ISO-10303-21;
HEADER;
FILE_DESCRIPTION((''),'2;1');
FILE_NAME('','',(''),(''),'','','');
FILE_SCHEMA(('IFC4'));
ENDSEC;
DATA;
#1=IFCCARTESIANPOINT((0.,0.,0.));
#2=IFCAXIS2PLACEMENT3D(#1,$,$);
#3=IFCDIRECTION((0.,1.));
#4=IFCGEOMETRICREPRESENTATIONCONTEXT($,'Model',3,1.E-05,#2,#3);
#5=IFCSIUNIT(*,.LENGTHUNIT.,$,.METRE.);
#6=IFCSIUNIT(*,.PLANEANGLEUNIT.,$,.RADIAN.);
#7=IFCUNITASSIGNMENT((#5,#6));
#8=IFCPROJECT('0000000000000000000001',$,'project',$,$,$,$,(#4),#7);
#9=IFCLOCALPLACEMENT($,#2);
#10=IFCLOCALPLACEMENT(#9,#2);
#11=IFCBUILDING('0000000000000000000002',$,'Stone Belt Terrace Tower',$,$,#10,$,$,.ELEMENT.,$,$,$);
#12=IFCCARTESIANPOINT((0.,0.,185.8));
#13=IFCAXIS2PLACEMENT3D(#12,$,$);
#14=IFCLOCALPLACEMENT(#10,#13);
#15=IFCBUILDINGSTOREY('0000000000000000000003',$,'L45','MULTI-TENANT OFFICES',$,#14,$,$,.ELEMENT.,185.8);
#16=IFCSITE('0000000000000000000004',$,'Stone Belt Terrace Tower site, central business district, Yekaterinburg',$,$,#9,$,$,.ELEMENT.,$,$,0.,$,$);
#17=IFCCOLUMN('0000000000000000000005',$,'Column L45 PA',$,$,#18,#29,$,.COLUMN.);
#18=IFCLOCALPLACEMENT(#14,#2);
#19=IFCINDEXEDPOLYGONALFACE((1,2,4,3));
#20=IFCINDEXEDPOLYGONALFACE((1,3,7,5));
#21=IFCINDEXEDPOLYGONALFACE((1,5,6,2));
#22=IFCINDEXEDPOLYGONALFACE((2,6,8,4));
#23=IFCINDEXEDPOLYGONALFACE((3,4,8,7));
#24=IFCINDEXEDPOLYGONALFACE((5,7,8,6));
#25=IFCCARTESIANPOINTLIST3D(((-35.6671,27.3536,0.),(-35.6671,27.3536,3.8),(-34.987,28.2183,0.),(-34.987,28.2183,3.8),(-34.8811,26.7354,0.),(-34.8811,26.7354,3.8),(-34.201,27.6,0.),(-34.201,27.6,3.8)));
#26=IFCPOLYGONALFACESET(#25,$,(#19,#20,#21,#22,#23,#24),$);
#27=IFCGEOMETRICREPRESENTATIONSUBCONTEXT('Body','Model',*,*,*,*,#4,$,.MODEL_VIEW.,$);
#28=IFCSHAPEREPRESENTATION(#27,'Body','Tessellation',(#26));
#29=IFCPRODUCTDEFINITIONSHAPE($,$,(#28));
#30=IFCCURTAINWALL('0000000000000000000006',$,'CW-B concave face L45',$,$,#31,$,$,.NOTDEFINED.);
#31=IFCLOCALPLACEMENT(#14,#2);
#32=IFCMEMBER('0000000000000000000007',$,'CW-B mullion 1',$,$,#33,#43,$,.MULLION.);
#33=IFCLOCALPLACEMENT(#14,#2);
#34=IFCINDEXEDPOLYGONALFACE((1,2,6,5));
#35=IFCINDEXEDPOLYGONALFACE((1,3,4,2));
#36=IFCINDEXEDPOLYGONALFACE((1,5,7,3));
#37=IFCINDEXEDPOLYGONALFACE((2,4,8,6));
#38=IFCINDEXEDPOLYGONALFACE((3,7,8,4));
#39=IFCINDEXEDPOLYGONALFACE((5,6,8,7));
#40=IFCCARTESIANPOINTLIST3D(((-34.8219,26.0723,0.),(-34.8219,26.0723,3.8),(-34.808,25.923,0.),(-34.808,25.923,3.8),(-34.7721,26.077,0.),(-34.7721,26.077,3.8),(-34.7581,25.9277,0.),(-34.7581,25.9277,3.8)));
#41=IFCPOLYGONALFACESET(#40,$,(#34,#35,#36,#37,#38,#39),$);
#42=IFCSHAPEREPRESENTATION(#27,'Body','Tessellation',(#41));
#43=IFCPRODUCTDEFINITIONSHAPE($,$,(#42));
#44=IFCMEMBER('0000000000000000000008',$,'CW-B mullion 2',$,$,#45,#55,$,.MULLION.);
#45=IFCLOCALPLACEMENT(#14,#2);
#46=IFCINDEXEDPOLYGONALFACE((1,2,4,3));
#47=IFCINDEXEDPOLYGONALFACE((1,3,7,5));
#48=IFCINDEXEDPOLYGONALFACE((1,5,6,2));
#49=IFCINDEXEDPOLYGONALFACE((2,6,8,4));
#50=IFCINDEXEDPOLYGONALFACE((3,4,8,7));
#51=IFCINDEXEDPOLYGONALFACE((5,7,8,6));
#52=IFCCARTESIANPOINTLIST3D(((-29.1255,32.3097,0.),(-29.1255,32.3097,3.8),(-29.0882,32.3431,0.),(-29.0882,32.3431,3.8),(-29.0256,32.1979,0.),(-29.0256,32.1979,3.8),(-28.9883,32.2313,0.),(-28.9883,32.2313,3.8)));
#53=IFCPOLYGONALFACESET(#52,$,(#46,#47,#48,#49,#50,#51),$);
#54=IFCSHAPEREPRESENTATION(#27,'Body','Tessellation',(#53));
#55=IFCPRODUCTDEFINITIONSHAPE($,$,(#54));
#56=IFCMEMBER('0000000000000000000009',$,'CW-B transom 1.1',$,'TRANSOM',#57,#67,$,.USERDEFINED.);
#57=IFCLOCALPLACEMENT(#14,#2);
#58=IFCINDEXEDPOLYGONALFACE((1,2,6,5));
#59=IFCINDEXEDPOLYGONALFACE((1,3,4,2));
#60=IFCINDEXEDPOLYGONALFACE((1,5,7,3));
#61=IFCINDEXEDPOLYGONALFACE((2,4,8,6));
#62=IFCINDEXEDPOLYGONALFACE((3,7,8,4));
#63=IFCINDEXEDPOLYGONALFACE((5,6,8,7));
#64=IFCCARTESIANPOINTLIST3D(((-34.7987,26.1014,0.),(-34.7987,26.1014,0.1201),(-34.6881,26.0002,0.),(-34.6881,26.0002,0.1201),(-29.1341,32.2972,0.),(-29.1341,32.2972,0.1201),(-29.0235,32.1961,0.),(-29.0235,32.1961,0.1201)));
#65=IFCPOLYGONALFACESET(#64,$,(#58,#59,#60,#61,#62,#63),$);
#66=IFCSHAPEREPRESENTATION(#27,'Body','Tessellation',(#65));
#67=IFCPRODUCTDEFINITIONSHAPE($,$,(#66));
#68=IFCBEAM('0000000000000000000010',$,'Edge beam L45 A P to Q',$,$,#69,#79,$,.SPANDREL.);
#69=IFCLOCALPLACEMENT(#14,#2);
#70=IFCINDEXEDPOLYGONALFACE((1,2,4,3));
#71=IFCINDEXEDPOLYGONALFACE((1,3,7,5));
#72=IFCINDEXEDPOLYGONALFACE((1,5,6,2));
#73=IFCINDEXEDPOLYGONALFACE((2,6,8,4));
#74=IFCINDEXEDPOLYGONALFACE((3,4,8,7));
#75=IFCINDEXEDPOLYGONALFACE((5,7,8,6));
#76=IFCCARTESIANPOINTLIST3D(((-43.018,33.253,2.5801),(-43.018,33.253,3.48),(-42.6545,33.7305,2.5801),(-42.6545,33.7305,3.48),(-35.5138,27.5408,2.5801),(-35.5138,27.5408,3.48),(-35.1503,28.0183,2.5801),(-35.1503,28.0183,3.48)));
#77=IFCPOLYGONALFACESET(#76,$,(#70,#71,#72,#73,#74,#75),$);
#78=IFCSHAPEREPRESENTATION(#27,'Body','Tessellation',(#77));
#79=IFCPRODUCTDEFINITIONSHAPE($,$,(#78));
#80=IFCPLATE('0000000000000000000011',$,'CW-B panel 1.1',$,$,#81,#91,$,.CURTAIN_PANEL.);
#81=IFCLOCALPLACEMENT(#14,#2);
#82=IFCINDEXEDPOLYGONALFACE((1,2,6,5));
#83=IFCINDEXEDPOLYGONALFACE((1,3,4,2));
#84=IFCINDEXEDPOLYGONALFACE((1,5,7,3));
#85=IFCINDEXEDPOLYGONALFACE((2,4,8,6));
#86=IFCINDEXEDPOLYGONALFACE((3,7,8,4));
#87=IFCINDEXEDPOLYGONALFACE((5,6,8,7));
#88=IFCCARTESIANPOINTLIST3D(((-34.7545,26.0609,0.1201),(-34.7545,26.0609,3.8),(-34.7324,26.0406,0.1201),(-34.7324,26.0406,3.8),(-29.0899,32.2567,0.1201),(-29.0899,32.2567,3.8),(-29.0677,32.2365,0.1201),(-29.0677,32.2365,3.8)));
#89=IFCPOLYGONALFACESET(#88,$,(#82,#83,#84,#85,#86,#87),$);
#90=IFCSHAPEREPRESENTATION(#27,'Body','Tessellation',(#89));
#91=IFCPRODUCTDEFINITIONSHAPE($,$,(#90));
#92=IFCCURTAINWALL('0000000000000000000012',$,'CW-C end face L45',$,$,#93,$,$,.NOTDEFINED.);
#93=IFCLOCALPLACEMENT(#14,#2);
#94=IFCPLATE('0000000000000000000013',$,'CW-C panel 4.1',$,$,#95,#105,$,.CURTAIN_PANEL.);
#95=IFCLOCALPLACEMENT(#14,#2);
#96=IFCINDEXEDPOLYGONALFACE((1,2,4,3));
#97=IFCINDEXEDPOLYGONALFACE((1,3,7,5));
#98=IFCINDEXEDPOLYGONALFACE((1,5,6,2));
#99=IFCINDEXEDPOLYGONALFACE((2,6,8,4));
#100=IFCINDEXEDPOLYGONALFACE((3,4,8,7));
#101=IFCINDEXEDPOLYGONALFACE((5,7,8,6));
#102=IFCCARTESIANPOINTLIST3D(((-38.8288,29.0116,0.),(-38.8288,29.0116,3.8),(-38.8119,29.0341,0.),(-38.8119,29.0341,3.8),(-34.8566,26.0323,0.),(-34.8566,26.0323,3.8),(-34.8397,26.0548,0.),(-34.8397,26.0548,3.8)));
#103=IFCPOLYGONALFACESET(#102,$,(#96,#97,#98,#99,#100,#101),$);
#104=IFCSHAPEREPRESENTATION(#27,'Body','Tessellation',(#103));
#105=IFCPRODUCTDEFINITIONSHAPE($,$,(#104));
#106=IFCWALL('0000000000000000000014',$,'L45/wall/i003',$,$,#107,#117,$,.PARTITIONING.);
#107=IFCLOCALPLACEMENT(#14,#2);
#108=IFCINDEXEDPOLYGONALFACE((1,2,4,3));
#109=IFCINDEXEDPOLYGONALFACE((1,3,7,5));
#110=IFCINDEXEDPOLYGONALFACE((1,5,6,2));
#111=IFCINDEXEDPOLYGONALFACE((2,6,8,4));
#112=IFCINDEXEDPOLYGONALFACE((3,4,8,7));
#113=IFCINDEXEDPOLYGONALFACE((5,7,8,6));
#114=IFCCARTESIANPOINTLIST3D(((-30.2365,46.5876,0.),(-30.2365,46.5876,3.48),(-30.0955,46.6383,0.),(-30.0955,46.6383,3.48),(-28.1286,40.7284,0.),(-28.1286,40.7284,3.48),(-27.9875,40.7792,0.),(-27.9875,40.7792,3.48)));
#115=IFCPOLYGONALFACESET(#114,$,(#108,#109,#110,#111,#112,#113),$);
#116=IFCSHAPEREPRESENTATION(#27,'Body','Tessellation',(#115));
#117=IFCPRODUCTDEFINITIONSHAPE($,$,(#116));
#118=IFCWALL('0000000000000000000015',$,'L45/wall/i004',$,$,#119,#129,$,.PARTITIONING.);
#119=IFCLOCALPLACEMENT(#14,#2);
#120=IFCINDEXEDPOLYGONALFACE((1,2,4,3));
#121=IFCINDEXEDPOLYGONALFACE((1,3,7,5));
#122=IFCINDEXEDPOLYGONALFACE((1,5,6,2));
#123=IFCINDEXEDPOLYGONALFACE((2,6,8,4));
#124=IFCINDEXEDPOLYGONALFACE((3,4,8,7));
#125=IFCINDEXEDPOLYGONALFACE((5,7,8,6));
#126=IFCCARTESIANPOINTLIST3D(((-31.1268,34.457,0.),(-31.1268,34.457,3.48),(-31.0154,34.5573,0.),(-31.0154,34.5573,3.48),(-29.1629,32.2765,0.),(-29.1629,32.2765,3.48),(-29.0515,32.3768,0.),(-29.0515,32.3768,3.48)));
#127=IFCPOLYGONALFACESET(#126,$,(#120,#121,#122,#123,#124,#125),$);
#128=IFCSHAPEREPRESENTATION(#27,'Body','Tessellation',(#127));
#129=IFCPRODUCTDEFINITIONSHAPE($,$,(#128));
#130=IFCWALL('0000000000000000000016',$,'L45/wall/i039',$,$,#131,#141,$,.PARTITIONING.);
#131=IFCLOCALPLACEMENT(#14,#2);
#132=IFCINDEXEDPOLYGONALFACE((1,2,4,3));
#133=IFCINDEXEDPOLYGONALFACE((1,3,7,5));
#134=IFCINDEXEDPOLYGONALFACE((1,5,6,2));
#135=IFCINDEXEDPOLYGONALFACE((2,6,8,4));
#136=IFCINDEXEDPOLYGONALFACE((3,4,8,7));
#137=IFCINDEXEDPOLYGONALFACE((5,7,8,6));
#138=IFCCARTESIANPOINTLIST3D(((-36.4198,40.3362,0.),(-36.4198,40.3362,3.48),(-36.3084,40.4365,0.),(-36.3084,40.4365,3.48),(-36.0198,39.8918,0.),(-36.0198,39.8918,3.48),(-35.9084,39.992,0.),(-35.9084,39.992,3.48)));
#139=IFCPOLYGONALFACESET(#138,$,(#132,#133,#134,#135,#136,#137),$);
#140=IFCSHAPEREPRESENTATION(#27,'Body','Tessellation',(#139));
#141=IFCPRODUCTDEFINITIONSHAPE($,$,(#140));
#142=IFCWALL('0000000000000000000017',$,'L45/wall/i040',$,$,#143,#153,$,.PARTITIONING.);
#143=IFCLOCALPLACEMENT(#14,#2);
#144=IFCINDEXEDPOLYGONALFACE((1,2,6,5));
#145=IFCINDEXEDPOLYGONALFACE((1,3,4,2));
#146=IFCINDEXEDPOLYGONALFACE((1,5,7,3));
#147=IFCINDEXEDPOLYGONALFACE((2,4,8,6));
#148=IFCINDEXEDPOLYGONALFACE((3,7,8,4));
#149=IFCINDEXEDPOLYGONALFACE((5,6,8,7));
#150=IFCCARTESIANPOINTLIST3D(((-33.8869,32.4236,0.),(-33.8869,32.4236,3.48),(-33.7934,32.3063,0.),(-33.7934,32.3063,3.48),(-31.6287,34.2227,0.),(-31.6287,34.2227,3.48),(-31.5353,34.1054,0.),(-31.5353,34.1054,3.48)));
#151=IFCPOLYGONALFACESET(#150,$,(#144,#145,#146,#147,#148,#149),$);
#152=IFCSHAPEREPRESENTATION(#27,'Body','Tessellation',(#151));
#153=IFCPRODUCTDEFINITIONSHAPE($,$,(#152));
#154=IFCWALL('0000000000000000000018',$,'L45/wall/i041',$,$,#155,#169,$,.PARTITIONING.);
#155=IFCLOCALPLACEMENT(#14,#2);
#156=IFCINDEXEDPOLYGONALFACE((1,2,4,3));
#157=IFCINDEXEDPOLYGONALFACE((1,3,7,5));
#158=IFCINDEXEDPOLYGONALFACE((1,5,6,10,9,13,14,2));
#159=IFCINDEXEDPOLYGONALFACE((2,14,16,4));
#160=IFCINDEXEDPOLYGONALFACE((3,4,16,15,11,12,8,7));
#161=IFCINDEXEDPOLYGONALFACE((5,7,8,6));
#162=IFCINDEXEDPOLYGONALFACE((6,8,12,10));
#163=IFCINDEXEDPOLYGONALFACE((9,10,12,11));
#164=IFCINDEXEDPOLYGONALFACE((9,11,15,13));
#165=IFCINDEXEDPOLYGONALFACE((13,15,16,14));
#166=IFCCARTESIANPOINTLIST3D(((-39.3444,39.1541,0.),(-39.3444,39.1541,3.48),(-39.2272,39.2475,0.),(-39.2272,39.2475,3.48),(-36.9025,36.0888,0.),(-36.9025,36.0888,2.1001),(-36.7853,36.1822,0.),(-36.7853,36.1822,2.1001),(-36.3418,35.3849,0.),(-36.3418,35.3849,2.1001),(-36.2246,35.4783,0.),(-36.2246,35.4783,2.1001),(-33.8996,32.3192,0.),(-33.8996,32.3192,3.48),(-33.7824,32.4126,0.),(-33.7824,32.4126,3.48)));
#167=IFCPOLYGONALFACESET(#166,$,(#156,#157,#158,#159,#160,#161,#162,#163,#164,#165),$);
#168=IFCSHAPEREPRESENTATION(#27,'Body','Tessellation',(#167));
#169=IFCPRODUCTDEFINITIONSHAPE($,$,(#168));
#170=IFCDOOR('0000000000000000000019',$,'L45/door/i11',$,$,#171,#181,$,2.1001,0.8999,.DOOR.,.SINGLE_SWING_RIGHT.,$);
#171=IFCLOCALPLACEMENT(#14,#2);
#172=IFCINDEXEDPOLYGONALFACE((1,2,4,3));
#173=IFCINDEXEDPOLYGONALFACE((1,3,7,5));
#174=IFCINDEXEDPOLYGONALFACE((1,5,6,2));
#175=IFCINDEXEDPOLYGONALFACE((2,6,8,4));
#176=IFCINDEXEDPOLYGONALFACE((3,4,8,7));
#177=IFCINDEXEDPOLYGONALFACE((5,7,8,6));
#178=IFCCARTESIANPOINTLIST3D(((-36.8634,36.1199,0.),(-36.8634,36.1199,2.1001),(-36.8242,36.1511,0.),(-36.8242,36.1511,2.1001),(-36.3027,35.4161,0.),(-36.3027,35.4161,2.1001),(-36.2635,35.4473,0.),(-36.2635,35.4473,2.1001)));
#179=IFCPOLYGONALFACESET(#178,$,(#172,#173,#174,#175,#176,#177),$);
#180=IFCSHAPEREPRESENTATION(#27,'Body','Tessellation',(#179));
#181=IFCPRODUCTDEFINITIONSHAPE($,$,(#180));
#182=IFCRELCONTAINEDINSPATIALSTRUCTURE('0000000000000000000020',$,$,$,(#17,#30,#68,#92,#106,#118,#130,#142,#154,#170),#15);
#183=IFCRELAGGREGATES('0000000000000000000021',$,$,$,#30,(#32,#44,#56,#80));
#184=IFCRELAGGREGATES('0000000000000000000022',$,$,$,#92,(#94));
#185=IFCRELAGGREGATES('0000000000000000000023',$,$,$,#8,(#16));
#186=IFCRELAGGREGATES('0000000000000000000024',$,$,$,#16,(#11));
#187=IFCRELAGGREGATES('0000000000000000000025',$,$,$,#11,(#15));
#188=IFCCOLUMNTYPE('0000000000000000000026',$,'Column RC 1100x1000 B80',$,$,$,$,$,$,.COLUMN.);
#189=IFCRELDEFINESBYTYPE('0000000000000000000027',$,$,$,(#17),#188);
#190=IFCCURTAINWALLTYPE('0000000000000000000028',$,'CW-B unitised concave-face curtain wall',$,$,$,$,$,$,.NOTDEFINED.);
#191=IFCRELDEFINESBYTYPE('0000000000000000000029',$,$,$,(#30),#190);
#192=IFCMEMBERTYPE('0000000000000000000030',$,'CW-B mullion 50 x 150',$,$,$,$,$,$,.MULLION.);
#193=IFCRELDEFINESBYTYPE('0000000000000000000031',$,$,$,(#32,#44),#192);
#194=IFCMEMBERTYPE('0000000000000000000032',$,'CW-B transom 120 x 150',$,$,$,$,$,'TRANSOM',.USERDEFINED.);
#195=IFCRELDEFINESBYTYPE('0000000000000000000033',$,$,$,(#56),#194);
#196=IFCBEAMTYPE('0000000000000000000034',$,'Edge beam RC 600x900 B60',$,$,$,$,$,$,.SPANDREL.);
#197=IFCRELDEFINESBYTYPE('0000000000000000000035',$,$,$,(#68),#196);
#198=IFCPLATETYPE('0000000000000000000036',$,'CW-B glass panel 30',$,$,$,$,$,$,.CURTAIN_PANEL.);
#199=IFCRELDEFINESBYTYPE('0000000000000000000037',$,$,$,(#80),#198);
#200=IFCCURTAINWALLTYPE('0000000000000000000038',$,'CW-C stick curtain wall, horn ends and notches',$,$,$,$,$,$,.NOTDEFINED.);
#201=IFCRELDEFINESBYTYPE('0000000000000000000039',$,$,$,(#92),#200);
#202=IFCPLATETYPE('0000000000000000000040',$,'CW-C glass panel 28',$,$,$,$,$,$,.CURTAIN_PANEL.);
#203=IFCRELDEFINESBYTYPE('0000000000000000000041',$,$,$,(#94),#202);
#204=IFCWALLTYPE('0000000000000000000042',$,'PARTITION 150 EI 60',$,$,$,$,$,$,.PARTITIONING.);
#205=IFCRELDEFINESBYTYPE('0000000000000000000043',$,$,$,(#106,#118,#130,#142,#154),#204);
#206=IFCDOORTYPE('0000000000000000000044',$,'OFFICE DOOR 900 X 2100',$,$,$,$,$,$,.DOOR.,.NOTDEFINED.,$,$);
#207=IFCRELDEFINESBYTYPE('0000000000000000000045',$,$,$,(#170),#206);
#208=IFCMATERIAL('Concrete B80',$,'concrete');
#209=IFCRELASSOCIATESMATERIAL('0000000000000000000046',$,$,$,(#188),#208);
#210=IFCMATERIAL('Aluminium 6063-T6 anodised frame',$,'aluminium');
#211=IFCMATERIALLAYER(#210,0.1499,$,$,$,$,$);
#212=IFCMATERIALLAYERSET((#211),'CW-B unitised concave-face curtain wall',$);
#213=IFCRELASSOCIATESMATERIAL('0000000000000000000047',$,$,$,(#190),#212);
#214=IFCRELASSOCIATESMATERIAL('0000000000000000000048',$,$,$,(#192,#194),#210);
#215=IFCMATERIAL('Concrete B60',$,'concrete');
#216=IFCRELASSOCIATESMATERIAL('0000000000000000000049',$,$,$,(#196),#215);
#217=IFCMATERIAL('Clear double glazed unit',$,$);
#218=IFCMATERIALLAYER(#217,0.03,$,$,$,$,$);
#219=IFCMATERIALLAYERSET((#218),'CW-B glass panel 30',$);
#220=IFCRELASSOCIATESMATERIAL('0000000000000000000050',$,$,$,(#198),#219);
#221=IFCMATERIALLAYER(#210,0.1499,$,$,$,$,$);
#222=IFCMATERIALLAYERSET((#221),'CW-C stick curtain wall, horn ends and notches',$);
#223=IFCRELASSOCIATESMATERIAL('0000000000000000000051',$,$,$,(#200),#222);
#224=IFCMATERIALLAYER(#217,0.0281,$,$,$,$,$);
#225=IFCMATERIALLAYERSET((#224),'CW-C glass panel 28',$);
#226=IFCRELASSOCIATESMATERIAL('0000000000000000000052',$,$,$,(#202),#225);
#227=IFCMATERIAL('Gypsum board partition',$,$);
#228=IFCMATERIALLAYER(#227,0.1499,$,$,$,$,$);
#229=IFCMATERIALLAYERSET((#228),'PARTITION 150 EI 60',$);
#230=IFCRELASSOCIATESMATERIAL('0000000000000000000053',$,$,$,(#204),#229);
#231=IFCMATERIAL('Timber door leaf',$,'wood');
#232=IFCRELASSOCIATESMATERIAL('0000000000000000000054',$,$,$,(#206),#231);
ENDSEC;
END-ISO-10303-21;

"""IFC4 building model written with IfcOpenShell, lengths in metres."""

from ifc_helpers import new_model, si_unit, direction, frame, frame_2d, origin, origin_2d, place, context, subcontext, project, spatial, rectangle, extrude, material, layer, layer_set, material_profile, profile_set, type_object, element, fill, aggregate, save


model = new_model("IFC4")

# Units and contexts
model_context = context("Model", 3, precision=1e-05, world=origin(), true_north=direction((0.0, 1.0)))
body_context = subcontext(model_context, "Body", "Model", "MODEL_VIEW")
ifc_project = project(units=[si_unit("LENGTHUNIT", "METRE"), si_unit("PLANEANGLEUNIT", "RADIAN")], contexts=[model_context])

# Site, building, storey
site_placement = place(None, origin())
site = spatial("IfcSite", under=ifc_project, at=site_placement, Name="Stone Belt Terrace Tower site, central business district, Yekaterinburg", CompositionType="ELEMENT", RefElevation=0.0)
building_placement = place(site_placement, origin())
building = spatial("IfcBuilding", under=site, at=building_placement, Name="Stone Belt Terrace Tower", CompositionType="ELEMENT")
storey_placement = place(building_placement, frame((0.0, 0.0, 185.8)))
storey = spatial("IfcBuildingStorey", under=building, at=storey_placement, Name="L45", Description="MULTI-TENANT OFFICES", CompositionType="ELEMENT", Elevation=185.8)

# Column
ifc_material_1 = material(Name="Concrete B80", Category="concrete")
ifc_material_profile_1 = material_profile(ifc_material_1, rectangle(XDim=1.1001, YDim=1.0, at=origin_2d()), Name="RC 1100x1000")
ifc_profile_set_1 = profile_set([ifc_material_profile_1], Name="Concrete B80")
column_type = type_object("IfcColumnType", Name="Column RC 1100x1000 B80", PredefinedType="COLUMN", material=ifc_profile_set_1)
column_placement = place(storey_placement, frame((-34.9341, 27.4768, 0.0), z_axis=(0.0, 0.0, 1.0), x_axis=(0.618218, 0.786007, 0.0)))
element("IfcColumn", 1, at=column_placement, inside=storey, type_object=column_type, Name="Column L45 PA", PredefinedType="COLUMN", context=body_context, shape_type="SweptSolid", body=[
    extrude(rectangle(XDim=1.1001, YDim=1.0, at=origin_2d()), origin(), (0.0, 0.0, 1.0), 3.8),
])

# Curtain wall, members
ifc_material_2 = material(Name="Aluminium 6063-T6 anodised frame", Category="aluminium")
ifc_layer_1 = layer(ifc_material_2, 0.1499)
ifc_layer_set_1 = layer_set([ifc_layer_1], Name="CW-B unitised concave-face curtain wall")
curtain_wall_type_1 = type_object("IfcCurtainWallType", Name="CW-B unitised concave-face curtain wall", PredefinedType="NOTDEFINED", material=ifc_layer_set_1)
curtain_wall_1_placement = place(storey_placement, origin())
curtain_wall_1 = element("IfcCurtainWall", 2, at=curtain_wall_1_placement, inside=storey, type_object=curtain_wall_type_1, Name="CW-B concave face L45", PredefinedType="NOTDEFINED")
ifc_material_profile_2 = material_profile(ifc_material_2, rectangle(XDim=0.1499, YDim=0.05, at=origin_2d()), Name="Aluminium 6063-T6 50x150")
ifc_profile_set_2 = profile_set([ifc_material_profile_2], Name="Aluminium 6063-T6 anodised frame")
member_type_1 = type_object("IfcMemberType", Name="CW-B mullion 50 x 150", PredefinedType="MULLION", material=ifc_profile_set_2)
member_1_placement = place(storey_placement, frame((-34.79, 26.0, 0.0), z_axis=(0.0, 0.0, 1.0), x_axis=(-0.093181, 0.995649, 0.0)))
member_1 = element("IfcMember", 3, at=member_1_placement, type_object=member_type_1, Name="CW-B mullion 1", PredefinedType="MULLION", context=body_context, shape_type="SweptSolid", body=[
    extrude(rectangle(XDim=0.1499, YDim=0.05, at=origin_2d()), origin(), (0.0, 0.0, 1.0), 3.8),
])
member_2_placement = place(storey_placement, frame((-29.0569, 32.2705, 0.0), z_axis=(0.0, 0.0, 1.0), x_axis=(-0.666301, 0.745683, 0.0)))
member_2 = element("IfcMember", 4, at=member_2_placement, type_object=member_type_1, Name="CW-B mullion 2", PredefinedType="MULLION", context=body_context, shape_type="SweptSolid", body=[
    extrude(rectangle(XDim=0.1499, YDim=0.05, at=origin_2d()), origin(), (0.0, 0.0, 1.0), 3.8),
])
ifc_material_profile_3 = material_profile(ifc_material_2, rectangle(XDim=0.1499, YDim=0.1201, at=origin_2d()), Name="Aluminium 6063-T6 150x120")
ifc_profile_set_3 = profile_set([ifc_material_profile_3], Name="Aluminium 6063-T6 anodised frame")
member_type_2 = type_object("IfcMemberType", Name="CW-B transom 120 x 150", ElementType="TRANSOM", PredefinedType="USERDEFINED", material=ifc_profile_set_3)
member_3_placement = place(storey_placement, frame((-34.7434, 26.0508, 0.0601), z_axis=(0.674757, 0.73804, 0.0), x_axis=(-0.73804, 0.674757, 0.0)))
member_3 = element("IfcMember", 5, at=member_3_placement, type_object=member_type_2, Name="CW-B transom 1.1", ObjectType="TRANSOM", PredefinedType="USERDEFINED", context=body_context, shape_type="SweptSolid", body=[
    extrude(rectangle(XDim=0.1499, YDim=0.1201, at=origin_2d()), origin(), (0.0, 0.0, 1.0), 8.395),
])

# Beam
ifc_material_3 = material(Name="Concrete B60", Category="concrete")
ifc_material_profile_4 = material_profile(ifc_material_3, rectangle(XDim=0.6001, YDim=0.8999, at=origin_2d()), Name="RC 600x900")
ifc_profile_set_4 = profile_set([ifc_material_profile_4], Name="Concrete B60")
beam_type = type_object("IfcBeamType", Name="Edge beam RC 600x900 B60", PredefinedType="SPANDREL", material=ifc_profile_set_4)
beam_placement = place(storey_placement, frame((-35.332, 27.7795, 3.03), z_axis=(-0.795702, 0.605688, 0.0), x_axis=(-0.605688, -0.795702, 0.0)))
element("IfcBeam", 6, at=beam_placement, inside=storey, type_object=beam_type, Name="Edge beam L45 A P to Q", PredefinedType="SPANDREL", context=body_context, shape_type="SweptSolid", body=[
    extrude(rectangle(XDim=0.6001, YDim=0.8999, at=origin_2d()), origin(), (0.0, 0.0, 1.0), 9.4309),
])

# Plate
ifc_material_4 = material(Name="Clear double glazed unit")
ifc_layer_2 = layer(ifc_material_4, 0.03)
ifc_layer_set_2 = layer_set([ifc_layer_2], Name="CW-B glass panel 30")
plate_type_1 = type_object("IfcPlateType", Name="CW-B glass panel 30", PredefinedType="CURTAIN_PANEL", material=ifc_layer_set_2)
plate_1_placement = place(storey_placement, frame((-31.9111, 29.1487, 0.1201), z_axis=(0.0, 0.0, 1.0), x_axis=(0.674761, 0.738036, 0.0)))
plate_1 = element("IfcPlate", 7, at=plate_1_placement, type_object=plate_type_1, Name="CW-B panel 1.1", PredefinedType="CURTAIN_PANEL", context=body_context, shape_type="SweptSolid", body=[
    extrude(rectangle(XDim=8.395, YDim=0.03, at=origin_2d()), origin(), (0.0, 0.0, 1.0), 3.6799),
])
aggregate(curtain_wall_1, [member_1, member_2, member_3, plate_1])

# Curtain wall, plate
ifc_layer_3 = layer(ifc_material_2, 0.1499)
ifc_layer_set_3 = layer_set([ifc_layer_3], Name="CW-C stick curtain wall, horn ends and notches")
curtain_wall_type_2 = type_object("IfcCurtainWallType", Name="CW-C stick curtain wall, horn ends and notches", PredefinedType="NOTDEFINED", material=ifc_layer_set_3)
curtain_wall_2_placement = place(storey_placement, origin())
curtain_wall_2 = element("IfcCurtainWall", 8, at=curtain_wall_2_placement, inside=storey, type_object=curtain_wall_type_2, Name="CW-C end face L45", PredefinedType="NOTDEFINED")
ifc_layer_4 = layer(ifc_material_4, 0.0281)
ifc_layer_set_4 = layer_set([ifc_layer_4], Name="CW-C glass panel 28")
plate_type_2 = type_object("IfcPlateType", Name="CW-C glass panel 28", PredefinedType="CURTAIN_PANEL", material=ifc_layer_set_4)
plate_2_placement = place(storey_placement, frame((-36.8342, 27.5332, 0.0), z_axis=(0.0, 0.0, 1.0), x_axis=(0.799987, -0.600018, 0.0)))
plate_2 = element("IfcPlate", 9, at=plate_2_placement, type_object=plate_type_2, Name="CW-C panel 4.1", PredefinedType="CURTAIN_PANEL", context=body_context, shape_type="SweptSolid", body=[
    extrude(rectangle(XDim=4.9653, YDim=0.0281, at=origin_2d()), origin(), (0.0, 0.0, 1.0), 3.8),
])
aggregate(curtain_wall_2, [plate_2])

# Walls
ifc_material_5 = material(Name="Gypsum board partition")
ifc_layer_5 = layer(ifc_material_5, 0.1499)
ifc_layer_set_5 = layer_set([ifc_layer_5], Name="PARTITION 150 EI 60")
wall_type_1 = type_object("IfcWallType", Name="PARTITION 150 EI 60", PredefinedType="PARTITIONING", material=ifc_layer_set_5)
wall_1_placement = place(storey_placement, frame((-28.0581, 40.7539, 0.0), z_axis=(0.0, 0.0, 1.0), x_axis=(-0.338524, 0.940958, 0.0)))
element("IfcWall", 10, at=wall_1_placement, inside=storey, type_object=wall_type_1, Name="L45/wall/i003", PredefinedType="PARTITIONING", context=body_context, shape_type="SweptSolid", body=[
    extrude(rectangle(XDim=6.2268, YDim=0.1499, at=frame_2d((3.1133, 0.0))), origin(), (0.0, 0.0, 1.0), 3.48),
])
wall_2_placement = place(storey_placement, frame((-29.1072, 32.3267, 0.0), z_axis=(0.0, 0.0, 1.0), x_axis=(-0.669245, 0.743042, 0.0)))
element("IfcWall", 11, at=wall_2_placement, inside=storey, type_object=wall_type_1, Name="L45/wall/i004", PredefinedType="PARTITIONING", context=body_context, shape_type="SweptSolid", body=[
    extrude(rectangle(XDim=2.9346, YDim=0.1499, at=frame_2d((1.4673, 0.0))), origin(), (0.0, 0.0, 1.0), 3.48),
])
wall_3_placement = place(storey_placement, frame((-36.364, 40.3862, 0.0), z_axis=(0.0, 0.0, 1.0), x_axis=(0.668965, -0.743294, 0.0)))
element("IfcWall", 12, at=wall_3_placement, inside=storey, type_object=wall_type_1, Name="L45/wall/i039", PredefinedType="PARTITIONING", context=body_context, shape_type="SweptSolid", body=[
    extrude(rectangle(XDim=0.5979, YDim=0.1499, at=frame_2d((0.2988, 0.0))), origin(), (0.0, 0.0, 1.0), 3.48),
])
wall_4_placement = place(storey_placement, frame((-31.582, 34.1641, 0.0), z_axis=(0.0, 0.0, 1.0), x_axis=(-0.782113, -0.623137, 0.0)))
element("IfcWall", 13, at=wall_4_placement, inside=storey, type_object=wall_type_1, Name="L45/wall/i040", PredefinedType="PARTITIONING", context=body_context, shape_type="SweptSolid", body=[
    extrude(rectangle(XDim=2.8872, YDim=0.1499, at=frame_2d((1.4436, 0.0))), origin(), (0.0, 0.0, 1.0), 3.48),
])

# Wall, opening, door
wall_5_placement = place(storey_placement, frame((-33.8411, 32.366, 0.0), z_axis=(0.0, 0.0, 1.0), x_axis=(-0.623079, 0.782159, 0.0)))
wall_5 = element("IfcWall", 14, at=wall_5_placement, inside=storey, type_object=wall_type_1, Name="L45/wall/i041", PredefinedType="PARTITIONING", context=body_context, shape_type="SweptSolid", body=[
    extrude(rectangle(XDim=8.7385, YDim=0.1499, at=frame_2d((4.3691, 0.0))), origin(), (0.0, 0.0, 1.0), 3.48),
])
opening_1_placement = place(wall_5_placement, frame((3.9194, 0.0, 0.0)))
opening_1 = element("IfcOpeningElement", 15, at=opening_1_placement, cuts=wall_5, PredefinedType="OPENING", context=body_context, shape_type="SweptSolid", body=[
    extrude(rectangle(XDim=0.8999, YDim=2.1001, at=frame_2d((0.45, 1.05))), frame((0.0, 0.085, 0.0), z_axis=(0.0, -1.0, 0.0), x_axis=(1.0, 0.0, 0.0)), (0.0, 0.0, 1.0), 0.1699),
])
ifc_material_6 = material(Name="Timber door leaf", Category="wood")
door_type_1 = type_object("IfcDoorType", Name="OFFICE DOOR 900 X 2100", OperationType="NOTDEFINED", PredefinedType="DOOR", material=ifc_material_6)
door_1_placement = place(opening_1_placement, origin())
door_1 = element("IfcDoor", 16, at=door_1_placement, inside=storey, type_object=door_type_1, Name="L45/door/i11", OperationType="SINGLE_SWING_RIGHT", OverallHeight=2.1001, OverallWidth=0.8999, PredefinedType="DOOR", context=body_context, shape_type="SweptSolid", body=[
    extrude(rectangle(XDim=0.8999, YDim=2.1001, at=frame_2d((0.45, 1.05))), frame((0.0, 0.0249, 0.0), z_axis=(0.0, -1.0, 0.0), x_axis=(1.0, 0.0, 0.0)), (0.0, 0.0, 1.0), 0.05),
])
fill(opening_1, door_1)

save(model, "model.ifc")
